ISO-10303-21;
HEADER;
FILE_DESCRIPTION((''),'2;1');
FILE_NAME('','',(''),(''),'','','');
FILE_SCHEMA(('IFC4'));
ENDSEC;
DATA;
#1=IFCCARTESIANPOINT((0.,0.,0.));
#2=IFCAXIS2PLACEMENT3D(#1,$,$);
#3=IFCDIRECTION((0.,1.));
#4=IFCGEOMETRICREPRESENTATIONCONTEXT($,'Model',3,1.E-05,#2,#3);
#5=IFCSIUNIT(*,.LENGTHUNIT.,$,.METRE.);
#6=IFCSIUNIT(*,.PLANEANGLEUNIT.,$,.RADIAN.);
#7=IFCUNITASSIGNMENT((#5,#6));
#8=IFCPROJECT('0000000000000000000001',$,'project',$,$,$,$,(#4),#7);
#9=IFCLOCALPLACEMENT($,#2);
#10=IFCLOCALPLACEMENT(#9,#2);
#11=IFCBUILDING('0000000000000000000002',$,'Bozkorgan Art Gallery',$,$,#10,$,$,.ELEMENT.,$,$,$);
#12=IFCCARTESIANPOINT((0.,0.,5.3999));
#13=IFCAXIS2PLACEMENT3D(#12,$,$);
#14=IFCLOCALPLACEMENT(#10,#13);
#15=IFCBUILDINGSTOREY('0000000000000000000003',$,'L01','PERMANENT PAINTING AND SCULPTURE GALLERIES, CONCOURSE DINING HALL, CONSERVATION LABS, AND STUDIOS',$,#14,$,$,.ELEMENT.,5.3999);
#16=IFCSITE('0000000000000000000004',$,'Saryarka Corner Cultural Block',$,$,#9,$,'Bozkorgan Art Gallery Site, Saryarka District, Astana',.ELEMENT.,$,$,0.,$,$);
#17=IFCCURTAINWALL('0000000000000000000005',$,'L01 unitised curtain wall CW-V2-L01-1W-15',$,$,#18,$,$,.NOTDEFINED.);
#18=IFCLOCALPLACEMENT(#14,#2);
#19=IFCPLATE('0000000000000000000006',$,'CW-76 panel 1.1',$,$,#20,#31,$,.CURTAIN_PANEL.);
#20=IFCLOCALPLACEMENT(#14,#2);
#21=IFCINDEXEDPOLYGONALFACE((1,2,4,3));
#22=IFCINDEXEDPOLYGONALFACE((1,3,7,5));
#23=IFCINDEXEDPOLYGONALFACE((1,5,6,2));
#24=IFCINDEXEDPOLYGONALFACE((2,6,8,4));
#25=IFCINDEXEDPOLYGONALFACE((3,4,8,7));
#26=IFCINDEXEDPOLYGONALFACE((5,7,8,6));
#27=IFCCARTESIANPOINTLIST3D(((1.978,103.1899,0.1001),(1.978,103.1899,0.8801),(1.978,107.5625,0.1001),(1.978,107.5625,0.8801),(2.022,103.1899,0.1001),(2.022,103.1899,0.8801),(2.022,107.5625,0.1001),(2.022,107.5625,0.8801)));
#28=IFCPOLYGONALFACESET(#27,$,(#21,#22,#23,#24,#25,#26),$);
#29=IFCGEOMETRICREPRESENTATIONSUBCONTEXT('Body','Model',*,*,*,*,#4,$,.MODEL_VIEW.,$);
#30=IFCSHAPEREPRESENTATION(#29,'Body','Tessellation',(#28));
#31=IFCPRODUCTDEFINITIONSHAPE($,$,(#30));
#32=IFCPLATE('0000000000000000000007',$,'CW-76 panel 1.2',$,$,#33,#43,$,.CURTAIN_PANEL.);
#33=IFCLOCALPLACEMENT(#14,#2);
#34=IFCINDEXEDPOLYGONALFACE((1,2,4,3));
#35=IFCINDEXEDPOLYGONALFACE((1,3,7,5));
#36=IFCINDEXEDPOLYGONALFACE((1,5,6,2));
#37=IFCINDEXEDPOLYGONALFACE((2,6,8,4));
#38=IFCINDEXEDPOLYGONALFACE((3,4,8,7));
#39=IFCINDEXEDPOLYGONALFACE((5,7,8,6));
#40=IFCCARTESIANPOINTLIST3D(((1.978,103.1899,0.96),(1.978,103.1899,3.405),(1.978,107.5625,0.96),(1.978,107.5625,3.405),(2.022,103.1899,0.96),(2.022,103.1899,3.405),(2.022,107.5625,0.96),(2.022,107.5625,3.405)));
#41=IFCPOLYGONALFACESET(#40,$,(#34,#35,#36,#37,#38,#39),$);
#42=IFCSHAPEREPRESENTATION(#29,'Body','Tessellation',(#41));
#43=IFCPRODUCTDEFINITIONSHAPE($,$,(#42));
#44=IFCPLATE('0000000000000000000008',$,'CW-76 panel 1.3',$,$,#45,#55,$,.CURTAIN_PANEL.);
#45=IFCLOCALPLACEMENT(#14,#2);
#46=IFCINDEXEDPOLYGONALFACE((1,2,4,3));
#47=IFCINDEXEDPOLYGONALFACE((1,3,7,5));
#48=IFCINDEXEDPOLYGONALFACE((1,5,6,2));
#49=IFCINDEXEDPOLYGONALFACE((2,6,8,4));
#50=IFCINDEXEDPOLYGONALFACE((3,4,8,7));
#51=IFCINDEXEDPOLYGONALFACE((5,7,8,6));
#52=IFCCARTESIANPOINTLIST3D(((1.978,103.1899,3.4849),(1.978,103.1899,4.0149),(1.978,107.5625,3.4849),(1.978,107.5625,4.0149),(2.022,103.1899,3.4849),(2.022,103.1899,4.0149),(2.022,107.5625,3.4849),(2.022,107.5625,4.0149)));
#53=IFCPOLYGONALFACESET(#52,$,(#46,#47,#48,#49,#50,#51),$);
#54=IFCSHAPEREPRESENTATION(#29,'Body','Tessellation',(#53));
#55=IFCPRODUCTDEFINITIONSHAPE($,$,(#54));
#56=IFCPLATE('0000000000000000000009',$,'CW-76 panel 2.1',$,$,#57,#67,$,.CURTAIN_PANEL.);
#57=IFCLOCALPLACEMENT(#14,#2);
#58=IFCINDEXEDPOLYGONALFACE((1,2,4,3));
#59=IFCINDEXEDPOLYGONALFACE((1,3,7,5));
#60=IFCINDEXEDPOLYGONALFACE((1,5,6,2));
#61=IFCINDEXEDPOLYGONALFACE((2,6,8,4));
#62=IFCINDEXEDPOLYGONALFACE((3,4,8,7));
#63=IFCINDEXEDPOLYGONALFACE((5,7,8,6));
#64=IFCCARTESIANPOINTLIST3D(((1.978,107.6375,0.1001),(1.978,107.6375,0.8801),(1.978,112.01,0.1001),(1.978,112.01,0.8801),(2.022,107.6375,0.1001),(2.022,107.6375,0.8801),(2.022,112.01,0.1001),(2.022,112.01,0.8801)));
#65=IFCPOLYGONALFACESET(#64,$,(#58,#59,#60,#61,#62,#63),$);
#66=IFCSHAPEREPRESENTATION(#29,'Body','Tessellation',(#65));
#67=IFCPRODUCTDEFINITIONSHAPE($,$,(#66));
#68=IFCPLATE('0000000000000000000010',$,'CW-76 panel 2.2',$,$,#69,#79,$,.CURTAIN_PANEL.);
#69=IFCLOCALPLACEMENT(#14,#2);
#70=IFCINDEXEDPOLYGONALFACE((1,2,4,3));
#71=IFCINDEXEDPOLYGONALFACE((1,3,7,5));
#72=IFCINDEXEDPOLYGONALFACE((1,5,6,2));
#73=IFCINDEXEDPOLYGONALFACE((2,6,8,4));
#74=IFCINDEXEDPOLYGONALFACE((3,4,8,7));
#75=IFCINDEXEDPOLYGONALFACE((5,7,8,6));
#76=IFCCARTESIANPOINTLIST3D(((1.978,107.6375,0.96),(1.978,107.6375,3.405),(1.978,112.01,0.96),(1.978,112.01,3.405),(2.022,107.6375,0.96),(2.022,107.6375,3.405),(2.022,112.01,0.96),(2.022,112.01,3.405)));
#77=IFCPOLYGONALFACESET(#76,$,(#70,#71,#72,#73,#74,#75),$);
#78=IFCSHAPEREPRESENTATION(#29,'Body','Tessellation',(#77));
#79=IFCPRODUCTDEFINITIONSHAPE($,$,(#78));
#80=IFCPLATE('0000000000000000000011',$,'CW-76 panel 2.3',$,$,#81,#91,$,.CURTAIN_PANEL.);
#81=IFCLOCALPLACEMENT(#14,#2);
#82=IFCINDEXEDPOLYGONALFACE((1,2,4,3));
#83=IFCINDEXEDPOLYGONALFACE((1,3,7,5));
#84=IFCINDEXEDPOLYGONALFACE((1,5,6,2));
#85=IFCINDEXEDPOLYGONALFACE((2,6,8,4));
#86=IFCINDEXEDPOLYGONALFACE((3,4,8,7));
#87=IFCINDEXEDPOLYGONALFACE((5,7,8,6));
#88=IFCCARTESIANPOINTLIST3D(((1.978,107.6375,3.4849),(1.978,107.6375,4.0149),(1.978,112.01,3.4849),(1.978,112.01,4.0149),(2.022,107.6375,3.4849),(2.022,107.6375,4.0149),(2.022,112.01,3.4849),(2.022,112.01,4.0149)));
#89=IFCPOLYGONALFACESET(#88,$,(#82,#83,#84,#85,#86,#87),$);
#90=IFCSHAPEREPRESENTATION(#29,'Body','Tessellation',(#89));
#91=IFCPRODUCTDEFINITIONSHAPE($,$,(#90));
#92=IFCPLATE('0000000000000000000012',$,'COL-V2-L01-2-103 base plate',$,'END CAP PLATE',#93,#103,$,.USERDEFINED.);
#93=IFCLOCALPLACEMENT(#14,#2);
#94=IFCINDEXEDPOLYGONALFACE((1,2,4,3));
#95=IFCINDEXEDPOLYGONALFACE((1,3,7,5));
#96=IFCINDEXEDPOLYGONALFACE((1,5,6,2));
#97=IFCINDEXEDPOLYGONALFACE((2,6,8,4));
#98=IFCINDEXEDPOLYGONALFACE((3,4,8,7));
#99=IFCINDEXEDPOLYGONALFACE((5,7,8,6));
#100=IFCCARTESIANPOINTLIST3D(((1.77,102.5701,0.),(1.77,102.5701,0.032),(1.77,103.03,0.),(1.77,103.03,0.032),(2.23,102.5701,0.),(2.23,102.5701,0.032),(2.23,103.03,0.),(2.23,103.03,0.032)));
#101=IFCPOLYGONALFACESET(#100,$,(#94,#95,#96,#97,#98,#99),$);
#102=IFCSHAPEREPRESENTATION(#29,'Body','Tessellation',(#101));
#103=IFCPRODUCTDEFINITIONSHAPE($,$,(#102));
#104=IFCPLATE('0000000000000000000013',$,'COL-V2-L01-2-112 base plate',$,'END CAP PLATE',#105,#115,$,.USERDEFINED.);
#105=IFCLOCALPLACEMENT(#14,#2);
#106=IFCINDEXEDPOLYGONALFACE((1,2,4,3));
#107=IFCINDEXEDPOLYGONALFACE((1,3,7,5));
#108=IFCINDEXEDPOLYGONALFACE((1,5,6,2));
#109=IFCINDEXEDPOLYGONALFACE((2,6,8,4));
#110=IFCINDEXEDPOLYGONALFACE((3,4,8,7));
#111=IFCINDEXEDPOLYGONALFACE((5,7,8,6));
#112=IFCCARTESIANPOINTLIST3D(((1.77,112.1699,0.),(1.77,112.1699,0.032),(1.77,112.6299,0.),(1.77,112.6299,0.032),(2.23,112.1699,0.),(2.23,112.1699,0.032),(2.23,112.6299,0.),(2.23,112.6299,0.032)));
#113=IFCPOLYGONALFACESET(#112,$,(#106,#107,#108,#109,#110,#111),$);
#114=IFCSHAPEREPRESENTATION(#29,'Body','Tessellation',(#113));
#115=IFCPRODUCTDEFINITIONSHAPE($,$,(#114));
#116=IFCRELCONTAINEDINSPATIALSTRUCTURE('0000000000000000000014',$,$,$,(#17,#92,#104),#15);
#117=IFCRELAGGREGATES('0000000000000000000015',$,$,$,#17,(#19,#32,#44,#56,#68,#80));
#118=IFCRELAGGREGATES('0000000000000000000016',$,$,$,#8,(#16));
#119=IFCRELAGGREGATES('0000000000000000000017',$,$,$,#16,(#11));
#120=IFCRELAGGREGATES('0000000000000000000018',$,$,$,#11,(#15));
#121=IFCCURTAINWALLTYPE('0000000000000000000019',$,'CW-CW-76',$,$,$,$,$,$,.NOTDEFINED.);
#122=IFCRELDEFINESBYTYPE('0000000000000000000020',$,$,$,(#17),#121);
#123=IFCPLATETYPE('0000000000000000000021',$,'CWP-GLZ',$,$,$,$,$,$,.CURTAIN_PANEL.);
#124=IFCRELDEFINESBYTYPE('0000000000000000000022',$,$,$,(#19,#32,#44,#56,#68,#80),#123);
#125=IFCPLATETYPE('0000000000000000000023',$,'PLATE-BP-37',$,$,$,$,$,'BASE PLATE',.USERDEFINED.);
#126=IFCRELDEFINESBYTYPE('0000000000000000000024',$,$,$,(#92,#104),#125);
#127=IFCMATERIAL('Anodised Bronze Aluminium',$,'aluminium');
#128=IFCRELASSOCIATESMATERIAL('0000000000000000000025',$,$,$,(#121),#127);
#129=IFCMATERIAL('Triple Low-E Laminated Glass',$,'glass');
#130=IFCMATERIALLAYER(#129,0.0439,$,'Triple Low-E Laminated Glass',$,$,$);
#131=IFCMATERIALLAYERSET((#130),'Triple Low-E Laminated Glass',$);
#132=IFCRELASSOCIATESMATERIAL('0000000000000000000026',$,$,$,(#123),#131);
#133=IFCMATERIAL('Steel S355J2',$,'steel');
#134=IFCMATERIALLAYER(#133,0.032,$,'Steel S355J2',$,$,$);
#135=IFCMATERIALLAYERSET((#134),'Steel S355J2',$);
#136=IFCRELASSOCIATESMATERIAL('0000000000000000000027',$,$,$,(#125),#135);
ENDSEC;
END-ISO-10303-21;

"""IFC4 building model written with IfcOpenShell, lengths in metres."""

from ifc_helpers import new_model, si_unit, direction, frame, origin, origin_2d, place, context, subcontext, project, spatial, rectangle, extrude, material, layer, layer_set, type_object, element, aggregate, save


model = new_model("IFC4")

# Units and contexts
model_context = context("Model", 3, precision=1e-05, world=origin(), true_north=direction((0.0, 1.0)))
body_context = subcontext(model_context, "Body", "Model", "MODEL_VIEW")
ifc_project = project(units=[si_unit("LENGTHUNIT", "METRE"), si_unit("PLANEANGLEUNIT", "RADIAN")], contexts=[model_context])

# Site, building, storey
site_placement = place(None, origin())
site = spatial("IfcSite", under=ifc_project, at=site_placement, Name="Saryarka Corner Cultural Block", LongName="Bozkorgan Art Gallery Site, Saryarka District, Astana", CompositionType="ELEMENT", RefElevation=0.0)
building_placement = place(site_placement, origin())
building = spatial("IfcBuilding", under=site, at=building_placement, Name="Bozkorgan Art Gallery", CompositionType="ELEMENT")
storey_placement = place(building_placement, frame((0.0, 0.0, 5.3999)))
storey = spatial("IfcBuildingStorey", under=building, at=storey_placement, Name="L01", Description="PERMANENT PAINTING AND SCULPTURE GALLERIES, CONCOURSE DINING HALL, CONSERVATION LABS, AND STUDIOS", CompositionType="ELEMENT", Elevation=5.3999)

# Shared definitions
ifc_material_1 = material(Name="Steel S355J2", Category="steel")

# Shared definitions
ifc_material_2 = material(Name="Anodised Bronze Aluminium", Category="aluminium")

# Curtain wall
curtain_wall_type_1 = type_object("IfcCurtainWallType", Name="CW-CW-76", PredefinedType="NOTDEFINED", material=ifc_material_2)
curtain_wall_1_placement = place(storey_placement, origin())
curtain_wall_1 = element("IfcCurtainWall", 1, at=curtain_wall_1_placement, inside=storey, type_object=curtain_wall_type_1, Name="L01 unitised curtain wall CW-V2-L01-1W-15", PredefinedType="NOTDEFINED")

# Plates
ifc_material_3 = material(Name="Triple Low-E Laminated Glass", Category="glass")
ifc_layer_1 = layer(ifc_material_3, 0.0439, Name="Triple Low-E Laminated Glass")
ifc_layer_set_1 = layer_set([ifc_layer_1], Name="Triple Low-E Laminated Glass")
plate_type_1 = type_object("IfcPlateType", Name="CWP-GLZ", PredefinedType="CURTAIN_PANEL", material=ifc_layer_set_1)
plate_1_placement = place(storey_placement, frame((2.0, 105.3762, 0.1001), z_axis=(0.0, 0.0, 1.0), x_axis=(0.0, 1.0, 0.0)))
plate_1 = element("IfcPlate", 2, at=plate_1_placement, type_object=plate_type_1, Name="CW-76 panel 1.1", PredefinedType="CURTAIN_PANEL", context=body_context, shape_type="SweptSolid", body=[
    extrude(rectangle(XDim=4.3726, YDim=0.0439, at=origin_2d()), origin(), (0.0, 0.0, 1.0), 0.78),
])
plate_2_placement = place(storey_placement, frame((2.0, 105.3762, 0.96), z_axis=(0.0, 0.0, 1.0), x_axis=(0.0, 1.0, 0.0)))
plate_2 = element("IfcPlate", 3, at=plate_2_placement, type_object=plate_type_1, Name="CW-76 panel 1.2", PredefinedType="CURTAIN_PANEL", context=body_context, shape_type="SweptSolid", body=[
    extrude(rectangle(XDim=4.3726, YDim=0.0439, at=origin_2d()), origin(), (0.0, 0.0, 1.0), 2.4451),
])
plate_3_placement = place(storey_placement, frame((2.0, 105.3762, 3.4849), z_axis=(0.0, 0.0, 1.0), x_axis=(0.0, 1.0, 0.0)))
plate_3 = element("IfcPlate", 4, at=plate_3_placement, type_object=plate_type_1, Name="CW-76 panel 1.3", PredefinedType="CURTAIN_PANEL", context=body_context, shape_type="SweptSolid", body=[
    extrude(rectangle(XDim=4.3726, YDim=0.0439, at=origin_2d()), origin(), (0.0, 0.0, 1.0), 0.53),
])
plate_4_placement = place(storey_placement, frame((2.0, 109.8237, 0.1001), z_axis=(0.0, 0.0, 1.0), x_axis=(0.0, 1.0, 0.0)))
plate_4 = element("IfcPlate", 5, at=plate_4_placement, type_object=plate_type_1, Name="CW-76 panel 2.1", PredefinedType="CURTAIN_PANEL", context=body_context, shape_type="SweptSolid", body=[
    extrude(rectangle(XDim=4.3726, YDim=0.0439, at=origin_2d()), origin(), (0.0, 0.0, 1.0), 0.78),
])
plate_5_placement = place(storey_placement, frame((2.0, 109.8237, 0.96), z_axis=(0.0, 0.0, 1.0), x_axis=(0.0, 1.0, 0.0)))
plate_5 = element("IfcPlate", 6, at=plate_5_placement, type_object=plate_type_1, Name="CW-76 panel 2.2", PredefinedType="CURTAIN_PANEL", context=body_context, shape_type="SweptSolid", body=[
    extrude(rectangle(XDim=4.3726, YDim=0.0439, at=origin_2d()), origin(), (0.0, 0.0, 1.0), 2.4451),
])
plate_6_placement = place(storey_placement, frame((2.0, 109.8237, 3.4849), z_axis=(0.0, 0.0, 1.0), x_axis=(0.0, 1.0, 0.0)))
plate_6 = element("IfcPlate", 7, at=plate_6_placement, type_object=plate_type_1, Name="CW-76 panel 2.3", PredefinedType="CURTAIN_PANEL", context=body_context, shape_type="SweptSolid", body=[
    extrude(rectangle(XDim=4.3726, YDim=0.0439, at=origin_2d()), origin(), (0.0, 0.0, 1.0), 0.53),
])
aggregate(curtain_wall_1, [plate_1, plate_2, plate_3, plate_4, plate_5, plate_6])

# Plates
ifc_layer_2 = layer(ifc_material_1, 0.032, Name="Steel S355J2")
ifc_layer_set_2 = layer_set([ifc_layer_2], Name="Steel S355J2")
plate_type_2 = type_object("IfcPlateType", Name="PLATE-BP-37", ElementType="BASE PLATE", PredefinedType="USERDEFINED", material=ifc_layer_set_2)
for number, where, z_axis, x_axis, name in (
    (8, (2.0, 102.8, 0.0), (0.0, 0.0, 1.0), (1.0, 0.0, 0.0), "COL-V2-L01-2-103 base plate"),
    (9, (2.0, 112.3999, 0.0), (0.0, 0.0, 1.0), (1.0, 0.0, 0.0), "COL-V2-L01-2-112 base plate"),
):
    element("IfcPlate", number, at=place(storey_placement, frame(where, z_axis=z_axis, x_axis=x_axis)), inside=storey, type_object=plate_type_2, Name=name, ObjectType="END CAP PLATE", PredefinedType="USERDEFINED", context=body_context, shape_type="SweptSolid", body=[
        extrude(rectangle(XDim=0.46, YDim=0.46, at=origin_2d()), origin(), (0.0, 0.0, 1.0), 0.032),
    ])

save(model, "model.ifc")
